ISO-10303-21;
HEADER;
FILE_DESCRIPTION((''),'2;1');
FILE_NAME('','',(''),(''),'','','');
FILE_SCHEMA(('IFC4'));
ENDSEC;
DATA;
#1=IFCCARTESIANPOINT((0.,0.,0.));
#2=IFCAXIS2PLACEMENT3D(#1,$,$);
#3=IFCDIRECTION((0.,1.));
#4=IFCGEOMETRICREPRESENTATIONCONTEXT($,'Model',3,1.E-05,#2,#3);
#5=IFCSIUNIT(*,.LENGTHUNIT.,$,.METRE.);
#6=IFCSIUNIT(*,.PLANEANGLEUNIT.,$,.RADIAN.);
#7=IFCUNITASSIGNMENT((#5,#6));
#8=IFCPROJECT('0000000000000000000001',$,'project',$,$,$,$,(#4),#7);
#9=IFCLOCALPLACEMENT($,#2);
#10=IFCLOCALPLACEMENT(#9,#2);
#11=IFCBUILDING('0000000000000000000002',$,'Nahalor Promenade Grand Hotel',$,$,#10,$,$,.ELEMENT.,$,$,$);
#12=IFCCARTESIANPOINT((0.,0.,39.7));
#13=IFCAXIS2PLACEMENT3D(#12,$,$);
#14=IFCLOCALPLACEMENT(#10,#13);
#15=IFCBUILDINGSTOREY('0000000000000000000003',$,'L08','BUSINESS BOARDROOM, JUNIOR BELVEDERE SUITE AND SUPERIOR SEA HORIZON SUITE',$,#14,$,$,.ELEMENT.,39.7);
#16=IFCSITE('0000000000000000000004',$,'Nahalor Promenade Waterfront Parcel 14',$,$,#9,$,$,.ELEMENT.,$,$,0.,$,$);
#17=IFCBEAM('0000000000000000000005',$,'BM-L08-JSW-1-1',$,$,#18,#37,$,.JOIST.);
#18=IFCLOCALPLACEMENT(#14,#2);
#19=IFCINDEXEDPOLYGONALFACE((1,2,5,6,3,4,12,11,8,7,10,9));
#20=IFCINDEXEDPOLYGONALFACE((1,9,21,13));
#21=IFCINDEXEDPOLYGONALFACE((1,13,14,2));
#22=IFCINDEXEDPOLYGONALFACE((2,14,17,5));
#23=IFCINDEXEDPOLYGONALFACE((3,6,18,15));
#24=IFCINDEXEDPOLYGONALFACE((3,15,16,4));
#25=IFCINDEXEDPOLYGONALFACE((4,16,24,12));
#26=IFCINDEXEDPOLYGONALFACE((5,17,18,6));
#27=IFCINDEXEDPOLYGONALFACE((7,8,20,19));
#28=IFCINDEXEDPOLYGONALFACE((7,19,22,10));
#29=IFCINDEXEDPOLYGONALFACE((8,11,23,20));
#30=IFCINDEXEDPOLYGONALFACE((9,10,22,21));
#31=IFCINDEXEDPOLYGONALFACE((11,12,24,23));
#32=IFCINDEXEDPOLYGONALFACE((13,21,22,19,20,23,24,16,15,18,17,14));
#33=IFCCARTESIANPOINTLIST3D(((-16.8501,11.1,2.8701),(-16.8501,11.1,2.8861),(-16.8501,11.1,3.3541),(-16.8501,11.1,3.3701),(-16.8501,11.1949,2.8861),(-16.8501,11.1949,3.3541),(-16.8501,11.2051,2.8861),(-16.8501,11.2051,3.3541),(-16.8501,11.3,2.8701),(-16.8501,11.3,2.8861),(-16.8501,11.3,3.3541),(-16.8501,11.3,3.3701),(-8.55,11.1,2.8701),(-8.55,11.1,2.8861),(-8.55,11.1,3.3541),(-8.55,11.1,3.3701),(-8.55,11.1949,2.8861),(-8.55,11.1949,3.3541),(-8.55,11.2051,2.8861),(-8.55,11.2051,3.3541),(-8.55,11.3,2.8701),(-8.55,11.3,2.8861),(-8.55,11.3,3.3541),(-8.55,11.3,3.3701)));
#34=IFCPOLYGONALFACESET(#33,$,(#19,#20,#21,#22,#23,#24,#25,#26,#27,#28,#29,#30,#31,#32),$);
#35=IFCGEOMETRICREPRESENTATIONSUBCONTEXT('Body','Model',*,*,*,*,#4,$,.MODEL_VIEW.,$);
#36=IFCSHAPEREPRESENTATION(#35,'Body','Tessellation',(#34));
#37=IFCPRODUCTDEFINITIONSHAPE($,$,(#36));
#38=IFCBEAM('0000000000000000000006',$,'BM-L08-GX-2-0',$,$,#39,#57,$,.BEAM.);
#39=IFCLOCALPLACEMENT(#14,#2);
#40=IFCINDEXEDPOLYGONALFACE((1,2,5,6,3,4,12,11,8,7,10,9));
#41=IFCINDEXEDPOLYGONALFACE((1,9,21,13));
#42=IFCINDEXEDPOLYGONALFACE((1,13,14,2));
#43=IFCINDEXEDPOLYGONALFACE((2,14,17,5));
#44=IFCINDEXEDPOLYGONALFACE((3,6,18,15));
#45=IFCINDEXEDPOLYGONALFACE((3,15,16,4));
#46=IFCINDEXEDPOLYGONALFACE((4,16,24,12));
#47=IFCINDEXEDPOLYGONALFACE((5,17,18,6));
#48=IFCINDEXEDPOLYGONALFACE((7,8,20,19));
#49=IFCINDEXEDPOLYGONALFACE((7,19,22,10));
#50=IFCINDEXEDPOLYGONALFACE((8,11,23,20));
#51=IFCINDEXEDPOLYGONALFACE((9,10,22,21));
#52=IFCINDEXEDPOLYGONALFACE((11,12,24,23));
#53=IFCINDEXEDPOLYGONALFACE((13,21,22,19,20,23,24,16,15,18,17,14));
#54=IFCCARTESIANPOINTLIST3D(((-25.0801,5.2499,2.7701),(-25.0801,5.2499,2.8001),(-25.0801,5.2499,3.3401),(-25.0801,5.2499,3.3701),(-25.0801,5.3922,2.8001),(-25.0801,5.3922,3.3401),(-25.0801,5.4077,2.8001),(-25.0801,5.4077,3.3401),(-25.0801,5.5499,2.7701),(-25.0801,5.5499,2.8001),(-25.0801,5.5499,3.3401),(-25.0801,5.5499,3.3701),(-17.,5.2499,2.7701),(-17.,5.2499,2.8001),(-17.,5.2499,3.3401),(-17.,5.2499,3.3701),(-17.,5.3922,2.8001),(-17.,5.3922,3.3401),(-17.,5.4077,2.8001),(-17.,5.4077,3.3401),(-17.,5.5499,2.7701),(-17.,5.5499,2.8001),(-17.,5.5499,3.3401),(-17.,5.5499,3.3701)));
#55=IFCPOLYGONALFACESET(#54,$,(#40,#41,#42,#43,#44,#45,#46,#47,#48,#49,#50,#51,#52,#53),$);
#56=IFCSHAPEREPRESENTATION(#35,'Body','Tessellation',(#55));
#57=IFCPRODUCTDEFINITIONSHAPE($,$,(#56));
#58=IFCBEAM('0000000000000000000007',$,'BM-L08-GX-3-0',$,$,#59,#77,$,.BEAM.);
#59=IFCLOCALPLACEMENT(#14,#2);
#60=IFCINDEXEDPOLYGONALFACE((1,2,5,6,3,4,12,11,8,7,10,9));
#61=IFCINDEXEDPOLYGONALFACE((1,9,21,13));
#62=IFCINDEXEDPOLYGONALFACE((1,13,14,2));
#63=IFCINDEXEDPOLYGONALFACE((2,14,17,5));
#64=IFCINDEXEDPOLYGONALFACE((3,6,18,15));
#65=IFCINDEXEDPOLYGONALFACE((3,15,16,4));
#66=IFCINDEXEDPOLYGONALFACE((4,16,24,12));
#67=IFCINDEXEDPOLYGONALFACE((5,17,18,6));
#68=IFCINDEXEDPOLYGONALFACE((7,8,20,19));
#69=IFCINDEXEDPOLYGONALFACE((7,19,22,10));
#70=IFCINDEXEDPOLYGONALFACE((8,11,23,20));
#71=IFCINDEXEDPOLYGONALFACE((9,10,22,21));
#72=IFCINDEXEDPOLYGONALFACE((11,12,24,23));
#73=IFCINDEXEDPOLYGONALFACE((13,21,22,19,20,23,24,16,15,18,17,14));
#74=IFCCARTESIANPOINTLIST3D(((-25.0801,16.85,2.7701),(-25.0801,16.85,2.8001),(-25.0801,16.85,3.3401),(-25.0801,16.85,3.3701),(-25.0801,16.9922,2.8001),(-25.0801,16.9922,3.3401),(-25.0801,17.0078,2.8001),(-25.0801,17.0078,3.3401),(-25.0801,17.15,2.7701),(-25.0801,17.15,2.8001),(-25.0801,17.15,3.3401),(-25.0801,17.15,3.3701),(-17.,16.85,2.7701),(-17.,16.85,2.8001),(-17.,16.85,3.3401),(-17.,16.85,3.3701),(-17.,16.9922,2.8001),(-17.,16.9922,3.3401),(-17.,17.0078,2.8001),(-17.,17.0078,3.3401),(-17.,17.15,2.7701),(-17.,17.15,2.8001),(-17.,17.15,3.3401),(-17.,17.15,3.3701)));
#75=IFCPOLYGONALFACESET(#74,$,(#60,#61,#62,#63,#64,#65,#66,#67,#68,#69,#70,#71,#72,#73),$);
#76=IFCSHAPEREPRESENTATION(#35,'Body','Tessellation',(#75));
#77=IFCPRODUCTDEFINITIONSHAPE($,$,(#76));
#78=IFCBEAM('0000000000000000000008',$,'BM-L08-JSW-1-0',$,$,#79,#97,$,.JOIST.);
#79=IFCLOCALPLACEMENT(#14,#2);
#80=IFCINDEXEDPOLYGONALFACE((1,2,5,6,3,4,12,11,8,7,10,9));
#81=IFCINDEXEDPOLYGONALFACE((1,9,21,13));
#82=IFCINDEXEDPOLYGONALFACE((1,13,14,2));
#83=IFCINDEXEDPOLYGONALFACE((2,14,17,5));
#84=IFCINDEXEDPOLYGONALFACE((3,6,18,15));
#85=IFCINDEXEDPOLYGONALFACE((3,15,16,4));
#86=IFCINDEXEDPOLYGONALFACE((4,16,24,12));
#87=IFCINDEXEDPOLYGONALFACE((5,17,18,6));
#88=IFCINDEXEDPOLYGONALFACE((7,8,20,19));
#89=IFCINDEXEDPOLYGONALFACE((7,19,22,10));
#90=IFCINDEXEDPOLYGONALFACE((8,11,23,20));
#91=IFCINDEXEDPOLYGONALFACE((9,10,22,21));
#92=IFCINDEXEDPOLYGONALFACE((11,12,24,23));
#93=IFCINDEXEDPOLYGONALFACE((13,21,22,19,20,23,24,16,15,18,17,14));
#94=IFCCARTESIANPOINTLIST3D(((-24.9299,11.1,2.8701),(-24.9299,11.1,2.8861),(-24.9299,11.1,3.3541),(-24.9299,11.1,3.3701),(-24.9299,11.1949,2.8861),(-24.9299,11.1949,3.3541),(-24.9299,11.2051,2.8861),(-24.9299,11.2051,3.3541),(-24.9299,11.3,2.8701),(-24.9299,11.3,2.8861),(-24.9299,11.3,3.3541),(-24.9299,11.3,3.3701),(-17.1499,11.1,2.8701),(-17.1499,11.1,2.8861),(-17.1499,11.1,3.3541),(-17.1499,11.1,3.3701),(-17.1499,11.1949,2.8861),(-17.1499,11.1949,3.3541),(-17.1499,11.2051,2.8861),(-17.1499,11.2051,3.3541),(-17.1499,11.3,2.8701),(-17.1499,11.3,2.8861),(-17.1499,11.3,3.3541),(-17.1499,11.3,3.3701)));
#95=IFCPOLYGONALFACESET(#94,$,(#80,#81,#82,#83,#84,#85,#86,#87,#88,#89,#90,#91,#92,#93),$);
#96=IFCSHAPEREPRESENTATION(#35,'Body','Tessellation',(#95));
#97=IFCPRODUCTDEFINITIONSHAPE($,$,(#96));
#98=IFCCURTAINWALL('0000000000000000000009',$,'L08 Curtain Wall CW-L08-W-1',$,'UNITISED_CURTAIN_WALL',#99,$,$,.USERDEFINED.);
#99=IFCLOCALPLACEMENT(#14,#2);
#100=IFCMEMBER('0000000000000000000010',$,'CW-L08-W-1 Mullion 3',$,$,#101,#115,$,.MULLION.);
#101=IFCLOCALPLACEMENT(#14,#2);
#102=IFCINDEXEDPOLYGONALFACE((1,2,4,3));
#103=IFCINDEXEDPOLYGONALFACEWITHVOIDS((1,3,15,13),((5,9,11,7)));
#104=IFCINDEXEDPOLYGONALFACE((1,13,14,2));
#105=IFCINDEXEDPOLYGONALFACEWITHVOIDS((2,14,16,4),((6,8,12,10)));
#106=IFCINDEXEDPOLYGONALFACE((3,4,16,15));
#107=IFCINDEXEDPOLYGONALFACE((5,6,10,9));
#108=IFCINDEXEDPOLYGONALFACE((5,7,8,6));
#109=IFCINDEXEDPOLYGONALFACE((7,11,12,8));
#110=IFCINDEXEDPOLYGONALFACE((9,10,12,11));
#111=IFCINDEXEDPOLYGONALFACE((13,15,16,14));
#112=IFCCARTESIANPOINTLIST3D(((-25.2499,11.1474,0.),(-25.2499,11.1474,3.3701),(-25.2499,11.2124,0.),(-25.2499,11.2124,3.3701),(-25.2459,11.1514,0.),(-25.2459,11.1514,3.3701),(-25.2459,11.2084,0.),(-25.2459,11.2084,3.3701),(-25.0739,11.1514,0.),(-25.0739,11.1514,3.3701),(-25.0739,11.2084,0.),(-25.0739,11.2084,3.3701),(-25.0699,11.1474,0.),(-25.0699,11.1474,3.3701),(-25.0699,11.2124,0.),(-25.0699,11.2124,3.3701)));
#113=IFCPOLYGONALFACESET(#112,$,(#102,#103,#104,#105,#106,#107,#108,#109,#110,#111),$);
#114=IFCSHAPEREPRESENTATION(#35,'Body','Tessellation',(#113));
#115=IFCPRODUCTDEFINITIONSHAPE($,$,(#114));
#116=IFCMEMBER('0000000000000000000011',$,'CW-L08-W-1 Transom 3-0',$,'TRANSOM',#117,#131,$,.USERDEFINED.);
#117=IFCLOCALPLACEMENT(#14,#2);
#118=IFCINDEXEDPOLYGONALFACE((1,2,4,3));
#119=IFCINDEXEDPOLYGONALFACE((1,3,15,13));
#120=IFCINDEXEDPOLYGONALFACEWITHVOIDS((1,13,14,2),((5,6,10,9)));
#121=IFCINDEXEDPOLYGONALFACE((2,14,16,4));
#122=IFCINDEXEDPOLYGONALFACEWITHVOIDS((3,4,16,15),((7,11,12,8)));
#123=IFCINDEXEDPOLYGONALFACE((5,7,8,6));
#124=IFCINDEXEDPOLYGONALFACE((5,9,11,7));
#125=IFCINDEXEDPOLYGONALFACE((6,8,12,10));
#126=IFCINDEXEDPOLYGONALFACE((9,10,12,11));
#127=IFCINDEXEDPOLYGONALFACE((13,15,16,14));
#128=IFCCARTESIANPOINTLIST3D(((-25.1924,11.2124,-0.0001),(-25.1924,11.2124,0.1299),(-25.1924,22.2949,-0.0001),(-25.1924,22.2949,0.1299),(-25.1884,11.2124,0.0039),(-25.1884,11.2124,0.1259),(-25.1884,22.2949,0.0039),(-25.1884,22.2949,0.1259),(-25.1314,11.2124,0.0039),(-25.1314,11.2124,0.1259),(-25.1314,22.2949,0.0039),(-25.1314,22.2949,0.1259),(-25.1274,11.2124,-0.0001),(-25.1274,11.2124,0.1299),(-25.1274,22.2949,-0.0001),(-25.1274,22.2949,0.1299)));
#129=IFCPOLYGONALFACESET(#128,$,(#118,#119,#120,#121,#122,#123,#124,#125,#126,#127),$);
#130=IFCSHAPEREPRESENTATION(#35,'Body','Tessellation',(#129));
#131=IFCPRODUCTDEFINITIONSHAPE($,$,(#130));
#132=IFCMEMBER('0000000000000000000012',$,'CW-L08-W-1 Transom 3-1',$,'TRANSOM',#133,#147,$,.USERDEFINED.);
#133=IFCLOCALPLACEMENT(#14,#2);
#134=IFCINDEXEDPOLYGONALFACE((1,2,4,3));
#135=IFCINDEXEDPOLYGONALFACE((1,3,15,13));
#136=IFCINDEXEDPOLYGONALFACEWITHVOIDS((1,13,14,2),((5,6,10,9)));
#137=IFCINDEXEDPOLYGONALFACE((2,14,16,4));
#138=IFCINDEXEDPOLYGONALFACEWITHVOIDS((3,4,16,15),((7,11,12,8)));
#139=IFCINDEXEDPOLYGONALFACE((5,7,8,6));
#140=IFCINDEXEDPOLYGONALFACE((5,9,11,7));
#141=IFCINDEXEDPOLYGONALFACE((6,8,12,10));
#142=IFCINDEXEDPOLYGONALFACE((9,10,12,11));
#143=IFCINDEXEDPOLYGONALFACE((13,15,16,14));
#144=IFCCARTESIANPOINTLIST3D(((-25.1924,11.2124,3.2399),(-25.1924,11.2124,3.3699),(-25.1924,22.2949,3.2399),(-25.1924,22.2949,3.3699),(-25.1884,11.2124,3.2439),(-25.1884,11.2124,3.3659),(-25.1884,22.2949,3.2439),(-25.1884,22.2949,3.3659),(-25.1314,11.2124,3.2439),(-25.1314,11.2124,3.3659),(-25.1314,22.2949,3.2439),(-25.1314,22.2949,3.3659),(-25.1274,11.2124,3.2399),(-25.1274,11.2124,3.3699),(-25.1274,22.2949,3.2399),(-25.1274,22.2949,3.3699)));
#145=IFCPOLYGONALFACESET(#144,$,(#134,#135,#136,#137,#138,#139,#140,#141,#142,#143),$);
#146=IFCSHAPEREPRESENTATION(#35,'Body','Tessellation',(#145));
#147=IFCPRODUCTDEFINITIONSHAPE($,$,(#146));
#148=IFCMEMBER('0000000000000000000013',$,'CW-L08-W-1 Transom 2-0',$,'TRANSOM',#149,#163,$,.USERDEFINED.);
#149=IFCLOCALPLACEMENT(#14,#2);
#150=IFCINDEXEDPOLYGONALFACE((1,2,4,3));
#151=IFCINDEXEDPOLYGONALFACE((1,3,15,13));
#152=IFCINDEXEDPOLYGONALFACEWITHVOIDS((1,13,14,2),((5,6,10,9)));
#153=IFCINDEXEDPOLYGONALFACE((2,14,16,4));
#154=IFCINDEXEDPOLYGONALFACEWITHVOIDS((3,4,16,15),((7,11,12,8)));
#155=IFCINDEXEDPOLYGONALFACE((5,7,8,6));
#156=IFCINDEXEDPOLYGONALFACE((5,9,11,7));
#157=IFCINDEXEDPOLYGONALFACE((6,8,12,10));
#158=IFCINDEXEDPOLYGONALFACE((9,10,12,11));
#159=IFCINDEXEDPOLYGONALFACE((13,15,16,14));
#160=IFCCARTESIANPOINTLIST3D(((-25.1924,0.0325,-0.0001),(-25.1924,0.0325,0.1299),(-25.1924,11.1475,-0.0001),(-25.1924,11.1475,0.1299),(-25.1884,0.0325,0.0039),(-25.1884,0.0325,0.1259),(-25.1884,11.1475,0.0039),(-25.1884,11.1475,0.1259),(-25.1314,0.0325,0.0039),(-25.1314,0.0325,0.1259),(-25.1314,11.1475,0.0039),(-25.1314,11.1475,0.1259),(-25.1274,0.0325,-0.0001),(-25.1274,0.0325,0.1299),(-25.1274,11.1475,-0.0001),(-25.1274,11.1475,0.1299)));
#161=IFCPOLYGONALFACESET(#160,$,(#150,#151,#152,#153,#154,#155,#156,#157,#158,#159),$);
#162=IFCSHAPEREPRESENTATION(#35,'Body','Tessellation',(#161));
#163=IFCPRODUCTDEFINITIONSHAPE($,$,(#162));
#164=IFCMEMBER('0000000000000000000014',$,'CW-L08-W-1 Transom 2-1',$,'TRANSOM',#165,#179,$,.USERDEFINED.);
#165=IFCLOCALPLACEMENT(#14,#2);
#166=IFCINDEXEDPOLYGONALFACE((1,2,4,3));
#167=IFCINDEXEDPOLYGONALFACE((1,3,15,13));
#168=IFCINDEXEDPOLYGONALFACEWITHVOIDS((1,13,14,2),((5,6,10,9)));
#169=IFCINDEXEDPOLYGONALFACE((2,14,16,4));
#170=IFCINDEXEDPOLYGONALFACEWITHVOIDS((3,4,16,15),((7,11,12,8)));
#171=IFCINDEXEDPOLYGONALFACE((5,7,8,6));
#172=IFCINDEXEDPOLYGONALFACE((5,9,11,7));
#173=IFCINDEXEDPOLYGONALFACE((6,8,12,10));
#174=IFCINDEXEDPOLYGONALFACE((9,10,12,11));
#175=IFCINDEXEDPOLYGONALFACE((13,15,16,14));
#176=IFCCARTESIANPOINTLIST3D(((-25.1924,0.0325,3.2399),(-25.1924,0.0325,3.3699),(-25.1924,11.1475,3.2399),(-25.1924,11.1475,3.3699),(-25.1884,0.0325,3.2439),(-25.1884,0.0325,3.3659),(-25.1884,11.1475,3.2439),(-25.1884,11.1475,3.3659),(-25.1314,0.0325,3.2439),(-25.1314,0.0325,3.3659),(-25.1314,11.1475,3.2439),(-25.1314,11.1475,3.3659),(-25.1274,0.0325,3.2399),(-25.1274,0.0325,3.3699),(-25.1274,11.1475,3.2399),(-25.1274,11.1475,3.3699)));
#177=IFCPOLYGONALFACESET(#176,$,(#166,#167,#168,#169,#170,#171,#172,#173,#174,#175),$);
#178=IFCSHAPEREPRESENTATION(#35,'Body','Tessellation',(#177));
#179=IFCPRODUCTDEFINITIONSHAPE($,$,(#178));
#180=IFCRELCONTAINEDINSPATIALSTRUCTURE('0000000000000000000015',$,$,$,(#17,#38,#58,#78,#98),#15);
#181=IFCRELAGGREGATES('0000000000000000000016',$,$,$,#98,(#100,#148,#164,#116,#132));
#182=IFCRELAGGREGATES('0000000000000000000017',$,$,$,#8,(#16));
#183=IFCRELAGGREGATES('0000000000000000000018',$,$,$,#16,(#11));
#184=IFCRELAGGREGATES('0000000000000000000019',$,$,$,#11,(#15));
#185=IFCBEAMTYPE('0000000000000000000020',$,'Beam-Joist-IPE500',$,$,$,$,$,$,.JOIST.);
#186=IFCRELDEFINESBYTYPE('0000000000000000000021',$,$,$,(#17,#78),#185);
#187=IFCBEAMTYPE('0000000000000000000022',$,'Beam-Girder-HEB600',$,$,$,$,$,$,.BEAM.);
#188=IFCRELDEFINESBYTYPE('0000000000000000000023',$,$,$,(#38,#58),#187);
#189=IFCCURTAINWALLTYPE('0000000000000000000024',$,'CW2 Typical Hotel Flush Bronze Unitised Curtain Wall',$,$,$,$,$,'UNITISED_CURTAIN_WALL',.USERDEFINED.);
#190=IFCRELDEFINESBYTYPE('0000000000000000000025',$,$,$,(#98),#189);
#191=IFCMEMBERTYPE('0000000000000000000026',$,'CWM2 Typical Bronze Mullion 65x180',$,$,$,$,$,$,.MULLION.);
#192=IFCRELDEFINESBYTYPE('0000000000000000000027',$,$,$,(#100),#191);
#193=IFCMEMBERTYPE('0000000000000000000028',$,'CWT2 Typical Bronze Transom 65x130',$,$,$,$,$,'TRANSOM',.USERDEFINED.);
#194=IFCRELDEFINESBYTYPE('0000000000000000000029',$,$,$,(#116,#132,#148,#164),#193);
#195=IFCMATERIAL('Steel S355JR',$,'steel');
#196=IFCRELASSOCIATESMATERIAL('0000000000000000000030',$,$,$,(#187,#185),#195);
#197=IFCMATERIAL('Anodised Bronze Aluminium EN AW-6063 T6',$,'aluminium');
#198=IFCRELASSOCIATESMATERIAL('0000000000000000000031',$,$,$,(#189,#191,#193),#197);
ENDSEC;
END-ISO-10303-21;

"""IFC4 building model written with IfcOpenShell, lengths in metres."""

from ifc_helpers import new_model, si_unit, direction, frame, origin, origin_2d, place, context, subcontext, project, spatial, hollow_rectangle, i_section, extrude, source, transform, mapped, material, material_profile, profile_set, type_object, element, aggregate, save


model = new_model("IFC4")

# Units and contexts
model_context = context("Model", 3, precision=1e-05, world=origin(), true_north=direction((0.0, 1.0)))
body_context = subcontext(model_context, "Body", "Model", "MODEL_VIEW")
ifc_project = project(units=[si_unit("LENGTHUNIT", "METRE"), si_unit("PLANEANGLEUNIT", "RADIAN")], contexts=[model_context])

# Site, building, storey
site_placement = place(None, origin())
site = spatial("IfcSite", under=ifc_project, at=site_placement, Name="Nahalor Promenade Waterfront Parcel 14", CompositionType="ELEMENT", RefElevation=0.0)
building_placement = place(site_placement, origin())
building = spatial("IfcBuilding", under=site, at=building_placement, Name="Nahalor Promenade Grand Hotel", CompositionType="ELEMENT")
storey_placement = place(building_placement, frame((0.0, 0.0, 39.7)))
storey = spatial("IfcBuildingStorey", under=building, at=storey_placement, Name="L08", Description="BUSINESS BOARDROOM, JUNIOR BELVEDERE SUITE AND SUPERIOR SEA HORIZON SUITE", CompositionType="ELEMENT", Elevation=39.7)

# Beams
ifc_material_1 = material(Name="Steel S355JR", Category="steel")
ifc_material_profile_1 = material_profile(ifc_material_1, i_section(OverallWidth=0.3, OverallDepth=0.6, WebThickness=0.0155, FlangeThickness=0.03, at=origin_2d()), Name="HEB 600")
ifc_profile_set_1 = profile_set([ifc_material_profile_1], Name="Steel S355JR")
beam_type_1 = type_object("IfcBeamType", Name="Beam-Girder-HEB600", PredefinedType="BEAM", material=ifc_profile_set_1)
ifc_material_profile_2 = material_profile(ifc_material_1, i_section(OverallWidth=0.2, OverallDepth=0.5, WebThickness=0.0102, FlangeThickness=0.016, at=origin_2d()), Name="IPE 500")
ifc_profile_set_2 = profile_set([ifc_material_profile_2], Name="Steel S355JR")
beam_type_2 = type_object("IfcBeamType", Name="Beam-Joist-IPE500", PredefinedType="JOIST", material=ifc_profile_set_2)
shared_shape_1 = source(origin(), body_context, "Body", "SweptSolid", [
    extrude(i_section(OverallWidth=0.2, OverallDepth=0.5, WebThickness=0.0102, FlangeThickness=0.016, at=origin_2d()), origin(), (0.0, 0.0, 1.0), 8.3),
])
beam_1_placement = place(storey_placement, frame((-16.8501, 11.2, 3.1201), z_axis=(1.0, 0.0, 0.0), x_axis=(0.0, 1.0, 0.0)))
element("IfcBeam", 1, at=beam_1_placement, inside=storey, type_object=beam_type_2, Name="BM-L08-JSW-1-1", PredefinedType="JOIST", context=body_context, shape_type="MappedRepresentation", body=[
    mapped(shared_shape_1, transform((0.0, 0.0, 0.0), scale=1.0)),
])
shared_shape_2 = source(origin(), body_context, "Body", "SweptSolid", [
    extrude(i_section(OverallWidth=0.3, OverallDepth=0.6, WebThickness=0.0155, FlangeThickness=0.03, at=origin_2d()), origin(), (0.0, 0.0, 1.0), 8.0801),
])
for number, where, z_axis, x_axis, name in (
    (2, (-25.0801, 5.3999, 3.0701), (1.0, 0.0, 0.0), (0.0, 1.0, 0.0), "BM-L08-GX-2-0"),
    (3, (-25.0801, 17.0, 3.0701), (1.0, 0.0, 0.0), (0.0, 1.0, 0.0), "BM-L08-GX-3-0"),
):
    element("IfcBeam", number, at=place(storey_placement, frame(where, z_axis=z_axis, x_axis=x_axis)), inside=storey, type_object=beam_type_1, Name=name, PredefinedType="BEAM", context=body_context, shape_type="MappedRepresentation", body=[
        mapped(shared_shape_2, transform((0.0, 0.0, 0.0), scale=1.0)),
    ])
shared_shape_3 = source(origin(), body_context, "Body", "SweptSolid", [
    extrude(i_section(OverallWidth=0.2, OverallDepth=0.5, WebThickness=0.0102, FlangeThickness=0.016, at=origin_2d()), origin(), (0.0, 0.0, 1.0), 7.78),
])
beam_2_placement = place(storey_placement, frame((-24.9299, 11.2, 3.1201), z_axis=(1.0, 0.0, 0.0), x_axis=(0.0, 1.0, 0.0)))
element("IfcBeam", 4, at=beam_2_placement, inside=storey, type_object=beam_type_2, Name="BM-L08-JSW-1-0", PredefinedType="JOIST", context=body_context, shape_type="MappedRepresentation", body=[
    mapped(shared_shape_3, transform((0.0, 0.0, 0.0), scale=1.0)),
])

# Curtain wall, members
ifc_material_2 = material(Name="Anodised Bronze Aluminium EN AW-6063 T6", Category="aluminium")
curtain_wall_type = type_object("IfcCurtainWallType", Name="CW2 Typical Hotel Flush Bronze Unitised Curtain Wall", ElementType="UNITISED_CURTAIN_WALL", PredefinedType="USERDEFINED", material=ifc_material_2)
curtain_wall_placement = place(storey_placement, origin())
curtain_wall = element("IfcCurtainWall", 5, at=curtain_wall_placement, inside=storey, type_object=curtain_wall_type, Name="L08 Curtain Wall CW-L08-W-1", ObjectType="UNITISED_CURTAIN_WALL", PredefinedType="USERDEFINED")
ifc_material_profile_3 = material_profile(ifc_material_2, hollow_rectangle(XDim=0.065, YDim=0.18, WallThickness=0.004, at=origin_2d()), Name="CWM 65x180x4")
ifc_profile_set_3 = profile_set([ifc_material_profile_3], Name="Anodised Bronze Aluminium EN AW-6063 T6")
member_type_1 = type_object("IfcMemberType", Name="CWM2 Typical Bronze Mullion 65x180", PredefinedType="MULLION", material=ifc_profile_set_3)
shared_shape_4 = source(origin(), body_context, "Body", "SweptSolid", [
    extrude(hollow_rectangle(XDim=0.065, YDim=0.18, WallThickness=0.004, at=origin_2d()), origin(), (0.0, 0.0, 1.0), 3.3701),
])
member_1_placement = place(storey_placement, frame((-25.1599, 11.1799, 0.0), z_axis=(0.0, 0.0, 1.0), x_axis=(0.0, 1.0, 0.0)))
member_1 = element("IfcMember", 6, at=member_1_placement, type_object=member_type_1, Name="CW-L08-W-1 Mullion 3", PredefinedType="MULLION", context=body_context, shape_type="MappedRepresentation", body=[
    mapped(shared_shape_4, transform((0.0, 0.0, 0.0), scale=1.0)),
])
ifc_material_profile_4 = material_profile(ifc_material_2, hollow_rectangle(XDim=0.065, YDim=0.13, WallThickness=0.004, at=origin_2d()), Name="CWT 65x130x4")
ifc_profile_set_4 = profile_set([ifc_material_profile_4], Name="Anodised Bronze Aluminium EN AW-6063 T6")
member_type_2 = type_object("IfcMemberType", Name="CWT2 Typical Bronze Transom 65x130", ElementType="TRANSOM", PredefinedType="USERDEFINED", material=ifc_profile_set_4)
shared_shape_5 = source(origin(), body_context, "Body", "SweptSolid", [
    extrude(hollow_rectangle(XDim=0.065, YDim=0.13, WallThickness=0.004, at=origin_2d()), origin(), (0.0, 0.0, 1.0), 11.0825),
])
member_2_placement = place(storey_placement, frame((-25.1599, 11.2124, 0.0649), z_axis=(0.0, 1.0, 0.0), x_axis=(-1.0, 0.0, 0.0)))
member_2 = element("IfcMember", 7, at=member_2_placement, type_object=member_type_2, Name="CW-L08-W-1 Transom 3-0", ObjectType="TRANSOM", PredefinedType="USERDEFINED", context=body_context, shape_type="MappedRepresentation", body=[
    mapped(shared_shape_5, transform((0.0, 0.0, 0.0), scale=1.0)),
])
member_3_placement = place(storey_placement, frame((-25.1599, 11.2124, 3.3049), z_axis=(0.0, 1.0, 0.0), x_axis=(-1.0, 0.0, 0.0)))
member_3 = element("IfcMember", 8, at=member_3_placement, type_object=member_type_2, Name="CW-L08-W-1 Transom 3-1", ObjectType="TRANSOM", PredefinedType="USERDEFINED", context=body_context, shape_type="MappedRepresentation", body=[
    mapped(shared_shape_5, transform((0.0, 0.0, 0.0), scale=1.0)),
])
shared_shape_6 = source(origin(), body_context, "Body", "SweptSolid", [
    extrude(hollow_rectangle(XDim=0.065, YDim=0.13, WallThickness=0.004, at=origin_2d()), origin(), (0.0, 0.0, 1.0), 11.115),
])
member_4_placement = place(storey_placement, frame((-25.1599, 0.0325, 0.0649), z_axis=(0.0, 1.0, 0.0), x_axis=(-1.0, 0.0, 0.0)))
member_4 = element("IfcMember", 9, at=member_4_placement, type_object=member_type_2, Name="CW-L08-W-1 Transom 2-0", ObjectType="TRANSOM", PredefinedType="USERDEFINED", context=body_context, shape_type="MappedRepresentation", body=[
    mapped(shared_shape_6, transform((0.0, 0.0, 0.0), scale=1.0)),
])
member_5_placement = place(storey_placement, frame((-25.1599, 0.0325, 3.3049), z_axis=(0.0, 1.0, 0.0), x_axis=(-1.0, 0.0, 0.0)))
member_5 = element("IfcMember", 10, at=member_5_placement, type_object=member_type_2, Name="CW-L08-W-1 Transom 2-1", ObjectType="TRANSOM", PredefinedType="USERDEFINED", context=body_context, shape_type="MappedRepresentation", body=[
    mapped(shared_shape_6, transform((0.0, 0.0, 0.0), scale=1.0)),
])
aggregate(curtain_wall, [member_1, member_4, member_5, member_2, member_3])

save(model, "model.ifc")
